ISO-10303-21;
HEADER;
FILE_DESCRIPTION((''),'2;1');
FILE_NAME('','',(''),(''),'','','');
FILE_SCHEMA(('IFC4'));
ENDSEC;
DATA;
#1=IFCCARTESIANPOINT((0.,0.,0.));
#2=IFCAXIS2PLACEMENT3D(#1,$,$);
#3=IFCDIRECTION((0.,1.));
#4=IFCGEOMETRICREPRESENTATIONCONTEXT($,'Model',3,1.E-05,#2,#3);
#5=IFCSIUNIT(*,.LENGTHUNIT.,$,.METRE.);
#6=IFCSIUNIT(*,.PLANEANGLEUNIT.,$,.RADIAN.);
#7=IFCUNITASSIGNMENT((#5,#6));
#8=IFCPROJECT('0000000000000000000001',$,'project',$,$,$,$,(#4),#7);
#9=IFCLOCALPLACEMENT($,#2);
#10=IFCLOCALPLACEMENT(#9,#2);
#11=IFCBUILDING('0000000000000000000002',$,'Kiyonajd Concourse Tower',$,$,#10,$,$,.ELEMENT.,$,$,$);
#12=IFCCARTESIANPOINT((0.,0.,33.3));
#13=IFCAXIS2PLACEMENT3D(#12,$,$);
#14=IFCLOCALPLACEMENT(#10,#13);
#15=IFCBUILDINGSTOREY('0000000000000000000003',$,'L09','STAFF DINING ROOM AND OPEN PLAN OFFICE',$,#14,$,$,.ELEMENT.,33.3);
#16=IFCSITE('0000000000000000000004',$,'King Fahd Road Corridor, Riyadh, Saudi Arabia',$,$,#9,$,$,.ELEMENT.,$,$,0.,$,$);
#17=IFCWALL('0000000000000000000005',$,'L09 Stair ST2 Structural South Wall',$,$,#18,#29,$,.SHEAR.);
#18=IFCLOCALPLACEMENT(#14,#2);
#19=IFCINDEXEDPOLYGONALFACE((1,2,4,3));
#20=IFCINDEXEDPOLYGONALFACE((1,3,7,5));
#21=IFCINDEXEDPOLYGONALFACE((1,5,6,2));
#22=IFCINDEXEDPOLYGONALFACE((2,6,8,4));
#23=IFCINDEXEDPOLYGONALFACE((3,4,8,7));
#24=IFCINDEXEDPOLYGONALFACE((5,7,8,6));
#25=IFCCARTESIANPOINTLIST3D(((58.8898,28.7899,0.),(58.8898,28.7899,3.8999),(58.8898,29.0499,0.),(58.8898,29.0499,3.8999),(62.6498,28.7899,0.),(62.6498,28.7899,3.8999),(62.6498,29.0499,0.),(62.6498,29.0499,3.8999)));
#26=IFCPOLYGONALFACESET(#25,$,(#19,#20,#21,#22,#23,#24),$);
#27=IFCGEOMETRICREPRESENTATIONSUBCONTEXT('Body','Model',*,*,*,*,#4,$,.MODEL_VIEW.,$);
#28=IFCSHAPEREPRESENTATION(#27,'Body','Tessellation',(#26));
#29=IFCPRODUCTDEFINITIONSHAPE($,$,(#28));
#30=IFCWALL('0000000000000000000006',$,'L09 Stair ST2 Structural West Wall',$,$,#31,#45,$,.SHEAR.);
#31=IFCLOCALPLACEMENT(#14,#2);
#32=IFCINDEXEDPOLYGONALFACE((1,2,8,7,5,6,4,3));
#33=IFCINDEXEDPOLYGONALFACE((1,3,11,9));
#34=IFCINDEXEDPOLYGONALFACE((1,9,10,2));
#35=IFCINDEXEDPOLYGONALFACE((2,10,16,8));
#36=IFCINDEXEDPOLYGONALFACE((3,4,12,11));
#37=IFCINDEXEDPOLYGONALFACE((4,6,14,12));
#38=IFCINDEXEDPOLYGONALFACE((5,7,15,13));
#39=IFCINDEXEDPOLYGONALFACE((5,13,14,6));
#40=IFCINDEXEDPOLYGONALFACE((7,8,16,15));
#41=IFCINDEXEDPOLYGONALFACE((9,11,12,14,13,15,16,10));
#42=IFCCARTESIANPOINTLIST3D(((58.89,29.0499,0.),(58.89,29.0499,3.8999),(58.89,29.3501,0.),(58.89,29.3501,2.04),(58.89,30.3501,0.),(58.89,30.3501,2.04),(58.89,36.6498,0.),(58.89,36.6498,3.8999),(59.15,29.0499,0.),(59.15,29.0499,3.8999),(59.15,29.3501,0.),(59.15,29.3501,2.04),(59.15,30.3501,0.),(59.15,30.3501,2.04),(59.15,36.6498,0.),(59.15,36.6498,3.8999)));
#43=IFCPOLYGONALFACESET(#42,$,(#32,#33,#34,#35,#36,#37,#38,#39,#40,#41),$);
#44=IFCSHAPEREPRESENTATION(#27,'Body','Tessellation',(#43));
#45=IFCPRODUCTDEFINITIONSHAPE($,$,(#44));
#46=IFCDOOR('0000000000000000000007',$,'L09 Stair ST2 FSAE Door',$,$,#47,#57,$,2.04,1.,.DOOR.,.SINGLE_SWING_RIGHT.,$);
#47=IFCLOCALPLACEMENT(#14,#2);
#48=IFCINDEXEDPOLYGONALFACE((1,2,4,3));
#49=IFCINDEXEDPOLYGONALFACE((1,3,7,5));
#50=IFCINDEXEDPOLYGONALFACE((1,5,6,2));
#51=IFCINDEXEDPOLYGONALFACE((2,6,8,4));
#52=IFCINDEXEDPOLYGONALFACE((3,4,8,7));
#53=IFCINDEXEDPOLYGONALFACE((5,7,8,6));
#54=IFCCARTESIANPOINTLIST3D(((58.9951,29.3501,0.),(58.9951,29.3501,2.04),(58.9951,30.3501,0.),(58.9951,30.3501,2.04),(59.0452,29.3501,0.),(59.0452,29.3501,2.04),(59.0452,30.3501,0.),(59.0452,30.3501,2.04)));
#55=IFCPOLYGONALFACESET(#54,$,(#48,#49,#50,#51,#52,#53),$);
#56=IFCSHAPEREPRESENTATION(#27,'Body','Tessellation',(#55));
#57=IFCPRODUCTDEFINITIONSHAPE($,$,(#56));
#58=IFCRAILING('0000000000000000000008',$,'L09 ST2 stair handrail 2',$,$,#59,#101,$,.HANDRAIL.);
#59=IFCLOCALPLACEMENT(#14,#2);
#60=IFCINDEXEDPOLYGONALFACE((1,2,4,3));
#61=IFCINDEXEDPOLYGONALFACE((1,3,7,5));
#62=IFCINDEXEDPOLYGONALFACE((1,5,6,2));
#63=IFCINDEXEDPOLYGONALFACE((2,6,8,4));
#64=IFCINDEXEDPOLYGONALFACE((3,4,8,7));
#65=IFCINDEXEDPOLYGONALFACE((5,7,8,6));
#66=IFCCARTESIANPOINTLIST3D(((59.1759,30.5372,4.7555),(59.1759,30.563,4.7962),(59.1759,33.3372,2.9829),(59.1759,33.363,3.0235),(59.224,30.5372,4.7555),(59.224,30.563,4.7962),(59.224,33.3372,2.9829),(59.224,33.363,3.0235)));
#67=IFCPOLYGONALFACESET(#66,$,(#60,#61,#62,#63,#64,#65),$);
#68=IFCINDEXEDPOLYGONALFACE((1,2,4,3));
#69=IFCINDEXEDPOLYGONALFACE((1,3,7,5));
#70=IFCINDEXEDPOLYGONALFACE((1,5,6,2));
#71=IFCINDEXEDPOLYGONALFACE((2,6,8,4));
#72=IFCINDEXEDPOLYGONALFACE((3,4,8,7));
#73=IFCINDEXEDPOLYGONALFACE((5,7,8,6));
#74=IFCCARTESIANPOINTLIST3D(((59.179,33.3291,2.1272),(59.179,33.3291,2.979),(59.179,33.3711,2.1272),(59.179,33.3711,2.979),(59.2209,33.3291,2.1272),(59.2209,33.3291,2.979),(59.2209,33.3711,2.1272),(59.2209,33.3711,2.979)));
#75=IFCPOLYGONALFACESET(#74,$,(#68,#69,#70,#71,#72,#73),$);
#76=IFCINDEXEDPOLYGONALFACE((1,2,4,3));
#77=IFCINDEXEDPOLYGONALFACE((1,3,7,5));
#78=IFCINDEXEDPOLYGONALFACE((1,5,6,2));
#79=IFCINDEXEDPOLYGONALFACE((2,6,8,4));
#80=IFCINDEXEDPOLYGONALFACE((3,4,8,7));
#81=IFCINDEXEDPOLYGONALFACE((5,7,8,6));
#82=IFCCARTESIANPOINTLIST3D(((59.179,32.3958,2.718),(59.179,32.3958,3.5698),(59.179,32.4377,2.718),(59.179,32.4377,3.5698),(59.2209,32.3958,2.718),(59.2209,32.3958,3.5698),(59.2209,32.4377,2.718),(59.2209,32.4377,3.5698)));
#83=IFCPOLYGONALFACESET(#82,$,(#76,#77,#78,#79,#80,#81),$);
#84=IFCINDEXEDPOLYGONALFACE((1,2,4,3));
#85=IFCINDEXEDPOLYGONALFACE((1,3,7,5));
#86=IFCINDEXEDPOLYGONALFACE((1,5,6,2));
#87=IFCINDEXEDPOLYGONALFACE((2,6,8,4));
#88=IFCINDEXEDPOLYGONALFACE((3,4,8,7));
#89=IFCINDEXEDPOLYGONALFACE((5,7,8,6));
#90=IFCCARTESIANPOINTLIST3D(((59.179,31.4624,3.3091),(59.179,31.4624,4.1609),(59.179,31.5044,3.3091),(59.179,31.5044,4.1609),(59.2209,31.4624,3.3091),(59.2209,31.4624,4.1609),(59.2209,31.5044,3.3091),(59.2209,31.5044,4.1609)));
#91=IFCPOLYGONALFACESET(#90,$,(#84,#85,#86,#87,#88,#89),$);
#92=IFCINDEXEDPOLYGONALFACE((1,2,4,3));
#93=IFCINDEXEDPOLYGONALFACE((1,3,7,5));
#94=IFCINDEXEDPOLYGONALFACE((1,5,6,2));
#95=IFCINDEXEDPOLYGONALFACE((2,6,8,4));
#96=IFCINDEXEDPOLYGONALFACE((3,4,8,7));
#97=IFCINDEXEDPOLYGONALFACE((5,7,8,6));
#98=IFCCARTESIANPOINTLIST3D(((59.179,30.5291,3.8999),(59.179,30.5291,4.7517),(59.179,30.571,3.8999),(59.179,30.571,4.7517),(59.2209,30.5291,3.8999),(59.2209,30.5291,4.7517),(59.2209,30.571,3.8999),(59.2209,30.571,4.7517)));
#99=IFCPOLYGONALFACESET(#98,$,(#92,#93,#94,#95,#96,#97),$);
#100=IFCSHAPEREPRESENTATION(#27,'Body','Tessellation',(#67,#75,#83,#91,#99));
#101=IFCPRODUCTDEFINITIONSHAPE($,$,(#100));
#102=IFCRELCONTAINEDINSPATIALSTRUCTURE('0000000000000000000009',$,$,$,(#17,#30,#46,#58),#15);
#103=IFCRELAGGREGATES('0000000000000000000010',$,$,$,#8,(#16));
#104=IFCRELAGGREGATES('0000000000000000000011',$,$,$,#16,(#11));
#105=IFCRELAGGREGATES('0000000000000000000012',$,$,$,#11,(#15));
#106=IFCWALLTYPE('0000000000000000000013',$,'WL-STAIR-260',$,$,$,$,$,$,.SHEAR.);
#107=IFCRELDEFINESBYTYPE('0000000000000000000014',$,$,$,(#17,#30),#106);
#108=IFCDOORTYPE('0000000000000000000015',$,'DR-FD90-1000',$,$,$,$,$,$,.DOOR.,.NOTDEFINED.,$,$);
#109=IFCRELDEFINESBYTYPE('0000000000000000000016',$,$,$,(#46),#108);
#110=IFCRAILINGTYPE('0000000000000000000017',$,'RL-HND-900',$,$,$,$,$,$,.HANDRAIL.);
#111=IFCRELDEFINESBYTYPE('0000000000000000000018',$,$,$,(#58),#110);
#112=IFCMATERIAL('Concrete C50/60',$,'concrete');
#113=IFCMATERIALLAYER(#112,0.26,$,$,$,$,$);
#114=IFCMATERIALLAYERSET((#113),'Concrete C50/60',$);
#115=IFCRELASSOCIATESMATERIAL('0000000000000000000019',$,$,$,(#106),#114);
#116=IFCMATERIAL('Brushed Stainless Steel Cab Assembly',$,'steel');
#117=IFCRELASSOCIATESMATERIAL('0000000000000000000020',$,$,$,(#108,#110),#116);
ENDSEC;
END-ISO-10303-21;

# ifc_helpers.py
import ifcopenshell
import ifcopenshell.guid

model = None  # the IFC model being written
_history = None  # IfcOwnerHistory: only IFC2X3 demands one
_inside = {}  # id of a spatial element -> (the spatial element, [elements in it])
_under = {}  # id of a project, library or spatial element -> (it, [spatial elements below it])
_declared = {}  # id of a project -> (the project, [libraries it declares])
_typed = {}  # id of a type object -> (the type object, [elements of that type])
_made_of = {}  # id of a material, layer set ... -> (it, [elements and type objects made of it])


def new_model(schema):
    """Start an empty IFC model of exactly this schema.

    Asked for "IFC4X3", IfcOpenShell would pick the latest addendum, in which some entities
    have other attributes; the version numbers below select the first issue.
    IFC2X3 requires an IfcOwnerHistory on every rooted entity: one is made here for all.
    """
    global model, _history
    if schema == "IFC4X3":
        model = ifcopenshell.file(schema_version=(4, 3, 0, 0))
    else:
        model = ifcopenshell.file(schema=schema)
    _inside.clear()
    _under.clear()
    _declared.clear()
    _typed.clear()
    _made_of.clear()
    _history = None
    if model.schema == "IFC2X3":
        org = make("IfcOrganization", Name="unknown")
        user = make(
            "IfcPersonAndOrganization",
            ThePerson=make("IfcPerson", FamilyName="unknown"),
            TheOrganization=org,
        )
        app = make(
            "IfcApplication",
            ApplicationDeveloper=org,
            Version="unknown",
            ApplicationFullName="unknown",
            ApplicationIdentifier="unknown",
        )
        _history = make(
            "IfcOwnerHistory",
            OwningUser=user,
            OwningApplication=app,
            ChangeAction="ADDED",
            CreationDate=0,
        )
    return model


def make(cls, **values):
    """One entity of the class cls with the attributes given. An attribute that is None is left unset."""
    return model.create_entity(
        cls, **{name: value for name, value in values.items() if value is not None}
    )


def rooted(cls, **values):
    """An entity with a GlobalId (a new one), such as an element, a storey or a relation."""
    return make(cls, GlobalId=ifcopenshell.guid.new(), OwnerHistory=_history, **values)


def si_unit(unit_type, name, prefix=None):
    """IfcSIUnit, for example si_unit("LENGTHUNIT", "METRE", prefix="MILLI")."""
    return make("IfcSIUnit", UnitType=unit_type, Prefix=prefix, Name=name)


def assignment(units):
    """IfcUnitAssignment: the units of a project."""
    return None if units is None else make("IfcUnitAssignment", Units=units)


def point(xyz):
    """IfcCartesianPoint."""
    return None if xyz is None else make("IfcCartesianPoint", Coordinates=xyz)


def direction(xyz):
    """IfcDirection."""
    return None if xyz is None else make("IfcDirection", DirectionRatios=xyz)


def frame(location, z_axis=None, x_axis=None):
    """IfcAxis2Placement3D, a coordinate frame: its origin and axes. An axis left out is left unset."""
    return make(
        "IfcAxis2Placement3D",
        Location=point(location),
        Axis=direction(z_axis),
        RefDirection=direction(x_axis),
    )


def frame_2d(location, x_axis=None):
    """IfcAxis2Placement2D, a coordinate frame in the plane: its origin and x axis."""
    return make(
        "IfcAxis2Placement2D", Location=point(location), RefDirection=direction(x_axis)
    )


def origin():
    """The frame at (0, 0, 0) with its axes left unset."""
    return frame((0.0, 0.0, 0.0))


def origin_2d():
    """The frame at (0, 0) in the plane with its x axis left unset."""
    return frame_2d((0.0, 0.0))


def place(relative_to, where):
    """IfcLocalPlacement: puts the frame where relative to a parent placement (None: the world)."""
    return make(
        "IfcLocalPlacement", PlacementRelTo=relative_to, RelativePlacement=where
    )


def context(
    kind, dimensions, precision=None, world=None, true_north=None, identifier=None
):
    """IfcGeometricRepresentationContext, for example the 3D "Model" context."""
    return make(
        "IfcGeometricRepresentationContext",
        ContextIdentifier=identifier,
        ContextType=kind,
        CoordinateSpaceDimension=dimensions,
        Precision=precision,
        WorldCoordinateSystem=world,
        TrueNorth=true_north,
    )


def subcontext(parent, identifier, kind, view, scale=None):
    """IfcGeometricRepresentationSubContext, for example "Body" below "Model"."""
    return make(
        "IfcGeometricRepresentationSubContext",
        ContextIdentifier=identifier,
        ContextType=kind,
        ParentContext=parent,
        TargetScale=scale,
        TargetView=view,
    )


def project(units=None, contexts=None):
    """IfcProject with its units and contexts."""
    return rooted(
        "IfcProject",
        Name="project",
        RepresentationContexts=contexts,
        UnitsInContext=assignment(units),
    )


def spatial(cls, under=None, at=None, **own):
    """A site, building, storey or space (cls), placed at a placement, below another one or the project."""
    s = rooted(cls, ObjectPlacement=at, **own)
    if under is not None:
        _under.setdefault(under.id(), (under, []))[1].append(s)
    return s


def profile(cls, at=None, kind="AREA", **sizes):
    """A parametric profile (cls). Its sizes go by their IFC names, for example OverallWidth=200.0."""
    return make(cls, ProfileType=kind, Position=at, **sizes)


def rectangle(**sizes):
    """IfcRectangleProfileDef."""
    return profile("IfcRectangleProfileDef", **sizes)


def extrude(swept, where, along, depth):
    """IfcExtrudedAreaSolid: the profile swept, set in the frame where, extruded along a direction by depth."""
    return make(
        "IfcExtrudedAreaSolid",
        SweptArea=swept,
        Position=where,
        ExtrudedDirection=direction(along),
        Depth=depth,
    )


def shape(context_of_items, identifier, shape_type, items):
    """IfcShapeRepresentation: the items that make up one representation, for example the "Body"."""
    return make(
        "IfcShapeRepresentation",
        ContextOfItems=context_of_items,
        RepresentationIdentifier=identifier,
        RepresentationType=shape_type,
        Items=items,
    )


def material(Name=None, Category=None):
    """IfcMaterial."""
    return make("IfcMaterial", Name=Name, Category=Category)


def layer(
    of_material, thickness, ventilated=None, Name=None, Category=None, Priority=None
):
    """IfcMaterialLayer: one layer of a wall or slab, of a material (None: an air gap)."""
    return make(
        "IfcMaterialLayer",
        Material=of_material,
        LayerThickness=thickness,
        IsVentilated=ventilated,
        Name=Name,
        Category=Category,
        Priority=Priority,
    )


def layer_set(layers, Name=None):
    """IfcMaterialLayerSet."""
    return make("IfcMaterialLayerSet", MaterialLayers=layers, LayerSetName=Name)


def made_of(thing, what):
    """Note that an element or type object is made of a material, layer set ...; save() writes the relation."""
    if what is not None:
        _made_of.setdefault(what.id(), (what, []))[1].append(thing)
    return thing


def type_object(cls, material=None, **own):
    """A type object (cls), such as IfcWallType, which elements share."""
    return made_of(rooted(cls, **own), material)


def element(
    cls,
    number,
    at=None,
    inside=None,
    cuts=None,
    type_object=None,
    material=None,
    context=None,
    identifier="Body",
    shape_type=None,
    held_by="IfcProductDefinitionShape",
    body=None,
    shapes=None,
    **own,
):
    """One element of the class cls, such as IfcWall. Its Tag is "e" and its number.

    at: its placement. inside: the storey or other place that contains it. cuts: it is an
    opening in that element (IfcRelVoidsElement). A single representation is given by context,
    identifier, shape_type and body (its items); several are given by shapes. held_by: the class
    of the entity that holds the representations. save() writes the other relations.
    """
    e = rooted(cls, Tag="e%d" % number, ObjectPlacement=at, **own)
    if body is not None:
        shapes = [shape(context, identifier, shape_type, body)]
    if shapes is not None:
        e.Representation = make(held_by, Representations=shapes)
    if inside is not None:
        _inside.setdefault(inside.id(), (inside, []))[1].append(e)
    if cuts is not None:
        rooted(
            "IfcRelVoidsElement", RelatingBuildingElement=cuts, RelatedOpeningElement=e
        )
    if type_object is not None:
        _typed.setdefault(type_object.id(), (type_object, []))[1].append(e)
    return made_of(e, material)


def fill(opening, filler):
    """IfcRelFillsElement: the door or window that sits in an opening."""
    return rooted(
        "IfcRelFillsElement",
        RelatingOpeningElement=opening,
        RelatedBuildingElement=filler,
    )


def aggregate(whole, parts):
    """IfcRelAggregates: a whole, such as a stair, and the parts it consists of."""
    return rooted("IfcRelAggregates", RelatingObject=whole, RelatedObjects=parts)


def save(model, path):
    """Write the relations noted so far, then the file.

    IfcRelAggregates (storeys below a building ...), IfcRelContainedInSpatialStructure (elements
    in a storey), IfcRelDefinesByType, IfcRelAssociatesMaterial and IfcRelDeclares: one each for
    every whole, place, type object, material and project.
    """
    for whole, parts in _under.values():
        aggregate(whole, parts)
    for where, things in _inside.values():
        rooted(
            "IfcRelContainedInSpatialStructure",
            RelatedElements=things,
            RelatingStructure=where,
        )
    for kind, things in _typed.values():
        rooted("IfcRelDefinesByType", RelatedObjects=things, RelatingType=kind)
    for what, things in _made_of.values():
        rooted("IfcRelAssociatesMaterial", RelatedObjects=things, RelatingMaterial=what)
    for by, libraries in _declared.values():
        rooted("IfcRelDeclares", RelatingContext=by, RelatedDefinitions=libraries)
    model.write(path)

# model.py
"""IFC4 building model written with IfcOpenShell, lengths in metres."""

from ifc_helpers import new_model, si_unit, direction, frame, frame_2d, origin, origin_2d, place, context, subcontext, project, spatial, rectangle, extrude, material, layer, layer_set, type_object, element, fill, save


model = new_model("IFC4")

# Units and contexts
model_context = context("Model", 3, precision=1e-05, world=origin(), true_north=direction((0.0, 1.0)))
body_context = subcontext(model_context, "Body", "Model", "MODEL_VIEW")
ifc_project = project(units=[si_unit("LENGTHUNIT", "METRE"), si_unit("PLANEANGLEUNIT", "RADIAN")], contexts=[model_context])

# Site, building, storey
site_placement = place(None, origin())
site = spatial("IfcSite", under=ifc_project, at=site_placement, Name="King Fahd Road Corridor, Riyadh, Saudi Arabia", CompositionType="ELEMENT", RefElevation=0.0)
building_placement = place(site_placement, origin())
building = spatial("IfcBuilding", under=site, at=building_placement, Name="Kiyonajd Concourse Tower", CompositionType="ELEMENT")
storey_placement = place(building_placement, frame((0.0, 0.0, 33.3)))
storey = spatial("IfcBuildingStorey", under=building, at=storey_placement, Name="L09", Description="STAFF DINING ROOM AND OPEN PLAN OFFICE", CompositionType="ELEMENT", Elevation=33.3)

# Shared definitions
ifc_material_1 = material(Name="Concrete C50/60", Category="concrete")

# Shared definitions
ifc_material_2 = material(Name="Brushed Stainless Steel Cab Assembly", Category="steel")

# Wall
ifc_layer_1 = layer(ifc_material_1, 0.26)
ifc_layer_set_1 = layer_set([ifc_layer_1], Name="Concrete C50/60")
wall_type_1 = type_object("IfcWallType", Name="WL-STAIR-260", PredefinedType="SHEAR", material=ifc_layer_set_1)
wall_1_placement = place(storey_placement, frame((58.8899, 28.9199, 0.0), z_axis=(0.0, 0.0, 1.0), x_axis=(1.0, 0.0, 0.0)))
element("IfcWall", 1, at=wall_1_placement, inside=storey, type_object=wall_type_1, Name="L09 Stair ST2 Structural South Wall", PredefinedType="SHEAR", context=body_context, shape_type="SweptSolid", body=[
    extrude(rectangle(XDim=3.76, YDim=0.26, at=frame_2d((1.8799, 0.0))), origin(), (0.0, 0.0, 1.0), 3.8999),
])

# Wall, opening, door
wall_2_placement = place(storey_placement, frame((59.02, 29.05, 0.0), z_axis=(0.0, 0.0, 1.0), x_axis=(0.0, 1.0, 0.0)))
wall_2 = element("IfcWall", 2, at=wall_2_placement, inside=storey, type_object=wall_type_1, Name="L09 Stair ST2 Structural West Wall", PredefinedType="SHEAR", context=body_context, shape_type="SweptSolid", body=[
    extrude(rectangle(XDim=7.5999, YDim=0.26, at=frame_2d((3.7998, 0.0))), origin(), (0.0, 0.0, 1.0), 3.8999),
])
opening_1_placement = place(wall_2_placement, frame((0.3, 0.0, 0.0)))
opening_1 = element("IfcOpeningElement", 3, at=opening_1_placement, cuts=wall_2, PredefinedType="OPENING", context=body_context, shape_type="SweptSolid", body=[
    extrude(rectangle(XDim=1.0, YDim=2.04, at=frame_2d((0.5, 1.02))), frame((0.0, 0.1399, 0.0), z_axis=(0.0, -1.0, 0.0), x_axis=(1.0, 0.0, 0.0)), (0.0, 0.0, 1.0), 0.28),
])
door_type_1 = type_object("IfcDoorType", Name="DR-FD90-1000", OperationType="NOTDEFINED", PredefinedType="DOOR", material=ifc_material_2)
door_1_placement = place(opening_1_placement, origin())
door_1 = element("IfcDoor", 4, at=door_1_placement, inside=storey, type_object=door_type_1, Name="L09 Stair ST2 FSAE Door", OperationType="SINGLE_SWING_RIGHT", OverallHeight=2.04, OverallWidth=1.0, PredefinedType="DOOR", context=body_context, shape_type="SweptSolid", body=[
    extrude(rectangle(XDim=1.0, YDim=2.04, at=frame_2d((0.5, 1.02))), frame((0.0, 0.0249, 0.0), z_axis=(0.0, -1.0, 0.0), x_axis=(1.0, 0.0, 0.0)), (0.0, 0.0, 1.0), 0.05),
])
fill(opening_1, door_1)

# Railing
railing_type = type_object("IfcRailingType", Name="RL-HND-900", PredefinedType="HANDRAIL", material=ifc_material_2)
railing_placement = place(storey_placement, frame((59.2, 33.3501, 2.1272)))
element("IfcRailing", 5, at=railing_placement, inside=storey, type_object=railing_type, Name="L09 ST2 stair handrail 2", PredefinedType="HANDRAIL", context=body_context, shape_type="SweptSolid", body=[
    extrude(rectangle(XDim=0.0481, YDim=0.0481, at=origin_2d()), frame((0.0, 0.0, 0.876), z_axis=(0.0, -0.844909, 0.53491), x_axis=(1.0, 0.0, 0.0)), (0.0, 0.0, 1.0), 3.314),
    extrude(rectangle(XDim=0.042, YDim=0.042, at=origin_2d()), origin(), (0.0, 0.0, 1.0), 0.8518),
    extrude(rectangle(XDim=0.042, YDim=0.042, at=origin_2d()), frame((0.0, -0.9333, 0.5908)), (0.0, 0.0, 1.0), 0.8518),
    extrude(rectangle(XDim=0.042, YDim=0.042, at=origin_2d()), frame((0.0, -1.8667, 1.1819)), (0.0, 0.0, 1.0), 0.8518),
    extrude(rectangle(XDim=0.042, YDim=0.042, at=origin_2d()), frame((0.0, -2.8, 1.7727)), (0.0, 0.0, 1.0), 0.8518),
])

save(model, "model.ifc")
